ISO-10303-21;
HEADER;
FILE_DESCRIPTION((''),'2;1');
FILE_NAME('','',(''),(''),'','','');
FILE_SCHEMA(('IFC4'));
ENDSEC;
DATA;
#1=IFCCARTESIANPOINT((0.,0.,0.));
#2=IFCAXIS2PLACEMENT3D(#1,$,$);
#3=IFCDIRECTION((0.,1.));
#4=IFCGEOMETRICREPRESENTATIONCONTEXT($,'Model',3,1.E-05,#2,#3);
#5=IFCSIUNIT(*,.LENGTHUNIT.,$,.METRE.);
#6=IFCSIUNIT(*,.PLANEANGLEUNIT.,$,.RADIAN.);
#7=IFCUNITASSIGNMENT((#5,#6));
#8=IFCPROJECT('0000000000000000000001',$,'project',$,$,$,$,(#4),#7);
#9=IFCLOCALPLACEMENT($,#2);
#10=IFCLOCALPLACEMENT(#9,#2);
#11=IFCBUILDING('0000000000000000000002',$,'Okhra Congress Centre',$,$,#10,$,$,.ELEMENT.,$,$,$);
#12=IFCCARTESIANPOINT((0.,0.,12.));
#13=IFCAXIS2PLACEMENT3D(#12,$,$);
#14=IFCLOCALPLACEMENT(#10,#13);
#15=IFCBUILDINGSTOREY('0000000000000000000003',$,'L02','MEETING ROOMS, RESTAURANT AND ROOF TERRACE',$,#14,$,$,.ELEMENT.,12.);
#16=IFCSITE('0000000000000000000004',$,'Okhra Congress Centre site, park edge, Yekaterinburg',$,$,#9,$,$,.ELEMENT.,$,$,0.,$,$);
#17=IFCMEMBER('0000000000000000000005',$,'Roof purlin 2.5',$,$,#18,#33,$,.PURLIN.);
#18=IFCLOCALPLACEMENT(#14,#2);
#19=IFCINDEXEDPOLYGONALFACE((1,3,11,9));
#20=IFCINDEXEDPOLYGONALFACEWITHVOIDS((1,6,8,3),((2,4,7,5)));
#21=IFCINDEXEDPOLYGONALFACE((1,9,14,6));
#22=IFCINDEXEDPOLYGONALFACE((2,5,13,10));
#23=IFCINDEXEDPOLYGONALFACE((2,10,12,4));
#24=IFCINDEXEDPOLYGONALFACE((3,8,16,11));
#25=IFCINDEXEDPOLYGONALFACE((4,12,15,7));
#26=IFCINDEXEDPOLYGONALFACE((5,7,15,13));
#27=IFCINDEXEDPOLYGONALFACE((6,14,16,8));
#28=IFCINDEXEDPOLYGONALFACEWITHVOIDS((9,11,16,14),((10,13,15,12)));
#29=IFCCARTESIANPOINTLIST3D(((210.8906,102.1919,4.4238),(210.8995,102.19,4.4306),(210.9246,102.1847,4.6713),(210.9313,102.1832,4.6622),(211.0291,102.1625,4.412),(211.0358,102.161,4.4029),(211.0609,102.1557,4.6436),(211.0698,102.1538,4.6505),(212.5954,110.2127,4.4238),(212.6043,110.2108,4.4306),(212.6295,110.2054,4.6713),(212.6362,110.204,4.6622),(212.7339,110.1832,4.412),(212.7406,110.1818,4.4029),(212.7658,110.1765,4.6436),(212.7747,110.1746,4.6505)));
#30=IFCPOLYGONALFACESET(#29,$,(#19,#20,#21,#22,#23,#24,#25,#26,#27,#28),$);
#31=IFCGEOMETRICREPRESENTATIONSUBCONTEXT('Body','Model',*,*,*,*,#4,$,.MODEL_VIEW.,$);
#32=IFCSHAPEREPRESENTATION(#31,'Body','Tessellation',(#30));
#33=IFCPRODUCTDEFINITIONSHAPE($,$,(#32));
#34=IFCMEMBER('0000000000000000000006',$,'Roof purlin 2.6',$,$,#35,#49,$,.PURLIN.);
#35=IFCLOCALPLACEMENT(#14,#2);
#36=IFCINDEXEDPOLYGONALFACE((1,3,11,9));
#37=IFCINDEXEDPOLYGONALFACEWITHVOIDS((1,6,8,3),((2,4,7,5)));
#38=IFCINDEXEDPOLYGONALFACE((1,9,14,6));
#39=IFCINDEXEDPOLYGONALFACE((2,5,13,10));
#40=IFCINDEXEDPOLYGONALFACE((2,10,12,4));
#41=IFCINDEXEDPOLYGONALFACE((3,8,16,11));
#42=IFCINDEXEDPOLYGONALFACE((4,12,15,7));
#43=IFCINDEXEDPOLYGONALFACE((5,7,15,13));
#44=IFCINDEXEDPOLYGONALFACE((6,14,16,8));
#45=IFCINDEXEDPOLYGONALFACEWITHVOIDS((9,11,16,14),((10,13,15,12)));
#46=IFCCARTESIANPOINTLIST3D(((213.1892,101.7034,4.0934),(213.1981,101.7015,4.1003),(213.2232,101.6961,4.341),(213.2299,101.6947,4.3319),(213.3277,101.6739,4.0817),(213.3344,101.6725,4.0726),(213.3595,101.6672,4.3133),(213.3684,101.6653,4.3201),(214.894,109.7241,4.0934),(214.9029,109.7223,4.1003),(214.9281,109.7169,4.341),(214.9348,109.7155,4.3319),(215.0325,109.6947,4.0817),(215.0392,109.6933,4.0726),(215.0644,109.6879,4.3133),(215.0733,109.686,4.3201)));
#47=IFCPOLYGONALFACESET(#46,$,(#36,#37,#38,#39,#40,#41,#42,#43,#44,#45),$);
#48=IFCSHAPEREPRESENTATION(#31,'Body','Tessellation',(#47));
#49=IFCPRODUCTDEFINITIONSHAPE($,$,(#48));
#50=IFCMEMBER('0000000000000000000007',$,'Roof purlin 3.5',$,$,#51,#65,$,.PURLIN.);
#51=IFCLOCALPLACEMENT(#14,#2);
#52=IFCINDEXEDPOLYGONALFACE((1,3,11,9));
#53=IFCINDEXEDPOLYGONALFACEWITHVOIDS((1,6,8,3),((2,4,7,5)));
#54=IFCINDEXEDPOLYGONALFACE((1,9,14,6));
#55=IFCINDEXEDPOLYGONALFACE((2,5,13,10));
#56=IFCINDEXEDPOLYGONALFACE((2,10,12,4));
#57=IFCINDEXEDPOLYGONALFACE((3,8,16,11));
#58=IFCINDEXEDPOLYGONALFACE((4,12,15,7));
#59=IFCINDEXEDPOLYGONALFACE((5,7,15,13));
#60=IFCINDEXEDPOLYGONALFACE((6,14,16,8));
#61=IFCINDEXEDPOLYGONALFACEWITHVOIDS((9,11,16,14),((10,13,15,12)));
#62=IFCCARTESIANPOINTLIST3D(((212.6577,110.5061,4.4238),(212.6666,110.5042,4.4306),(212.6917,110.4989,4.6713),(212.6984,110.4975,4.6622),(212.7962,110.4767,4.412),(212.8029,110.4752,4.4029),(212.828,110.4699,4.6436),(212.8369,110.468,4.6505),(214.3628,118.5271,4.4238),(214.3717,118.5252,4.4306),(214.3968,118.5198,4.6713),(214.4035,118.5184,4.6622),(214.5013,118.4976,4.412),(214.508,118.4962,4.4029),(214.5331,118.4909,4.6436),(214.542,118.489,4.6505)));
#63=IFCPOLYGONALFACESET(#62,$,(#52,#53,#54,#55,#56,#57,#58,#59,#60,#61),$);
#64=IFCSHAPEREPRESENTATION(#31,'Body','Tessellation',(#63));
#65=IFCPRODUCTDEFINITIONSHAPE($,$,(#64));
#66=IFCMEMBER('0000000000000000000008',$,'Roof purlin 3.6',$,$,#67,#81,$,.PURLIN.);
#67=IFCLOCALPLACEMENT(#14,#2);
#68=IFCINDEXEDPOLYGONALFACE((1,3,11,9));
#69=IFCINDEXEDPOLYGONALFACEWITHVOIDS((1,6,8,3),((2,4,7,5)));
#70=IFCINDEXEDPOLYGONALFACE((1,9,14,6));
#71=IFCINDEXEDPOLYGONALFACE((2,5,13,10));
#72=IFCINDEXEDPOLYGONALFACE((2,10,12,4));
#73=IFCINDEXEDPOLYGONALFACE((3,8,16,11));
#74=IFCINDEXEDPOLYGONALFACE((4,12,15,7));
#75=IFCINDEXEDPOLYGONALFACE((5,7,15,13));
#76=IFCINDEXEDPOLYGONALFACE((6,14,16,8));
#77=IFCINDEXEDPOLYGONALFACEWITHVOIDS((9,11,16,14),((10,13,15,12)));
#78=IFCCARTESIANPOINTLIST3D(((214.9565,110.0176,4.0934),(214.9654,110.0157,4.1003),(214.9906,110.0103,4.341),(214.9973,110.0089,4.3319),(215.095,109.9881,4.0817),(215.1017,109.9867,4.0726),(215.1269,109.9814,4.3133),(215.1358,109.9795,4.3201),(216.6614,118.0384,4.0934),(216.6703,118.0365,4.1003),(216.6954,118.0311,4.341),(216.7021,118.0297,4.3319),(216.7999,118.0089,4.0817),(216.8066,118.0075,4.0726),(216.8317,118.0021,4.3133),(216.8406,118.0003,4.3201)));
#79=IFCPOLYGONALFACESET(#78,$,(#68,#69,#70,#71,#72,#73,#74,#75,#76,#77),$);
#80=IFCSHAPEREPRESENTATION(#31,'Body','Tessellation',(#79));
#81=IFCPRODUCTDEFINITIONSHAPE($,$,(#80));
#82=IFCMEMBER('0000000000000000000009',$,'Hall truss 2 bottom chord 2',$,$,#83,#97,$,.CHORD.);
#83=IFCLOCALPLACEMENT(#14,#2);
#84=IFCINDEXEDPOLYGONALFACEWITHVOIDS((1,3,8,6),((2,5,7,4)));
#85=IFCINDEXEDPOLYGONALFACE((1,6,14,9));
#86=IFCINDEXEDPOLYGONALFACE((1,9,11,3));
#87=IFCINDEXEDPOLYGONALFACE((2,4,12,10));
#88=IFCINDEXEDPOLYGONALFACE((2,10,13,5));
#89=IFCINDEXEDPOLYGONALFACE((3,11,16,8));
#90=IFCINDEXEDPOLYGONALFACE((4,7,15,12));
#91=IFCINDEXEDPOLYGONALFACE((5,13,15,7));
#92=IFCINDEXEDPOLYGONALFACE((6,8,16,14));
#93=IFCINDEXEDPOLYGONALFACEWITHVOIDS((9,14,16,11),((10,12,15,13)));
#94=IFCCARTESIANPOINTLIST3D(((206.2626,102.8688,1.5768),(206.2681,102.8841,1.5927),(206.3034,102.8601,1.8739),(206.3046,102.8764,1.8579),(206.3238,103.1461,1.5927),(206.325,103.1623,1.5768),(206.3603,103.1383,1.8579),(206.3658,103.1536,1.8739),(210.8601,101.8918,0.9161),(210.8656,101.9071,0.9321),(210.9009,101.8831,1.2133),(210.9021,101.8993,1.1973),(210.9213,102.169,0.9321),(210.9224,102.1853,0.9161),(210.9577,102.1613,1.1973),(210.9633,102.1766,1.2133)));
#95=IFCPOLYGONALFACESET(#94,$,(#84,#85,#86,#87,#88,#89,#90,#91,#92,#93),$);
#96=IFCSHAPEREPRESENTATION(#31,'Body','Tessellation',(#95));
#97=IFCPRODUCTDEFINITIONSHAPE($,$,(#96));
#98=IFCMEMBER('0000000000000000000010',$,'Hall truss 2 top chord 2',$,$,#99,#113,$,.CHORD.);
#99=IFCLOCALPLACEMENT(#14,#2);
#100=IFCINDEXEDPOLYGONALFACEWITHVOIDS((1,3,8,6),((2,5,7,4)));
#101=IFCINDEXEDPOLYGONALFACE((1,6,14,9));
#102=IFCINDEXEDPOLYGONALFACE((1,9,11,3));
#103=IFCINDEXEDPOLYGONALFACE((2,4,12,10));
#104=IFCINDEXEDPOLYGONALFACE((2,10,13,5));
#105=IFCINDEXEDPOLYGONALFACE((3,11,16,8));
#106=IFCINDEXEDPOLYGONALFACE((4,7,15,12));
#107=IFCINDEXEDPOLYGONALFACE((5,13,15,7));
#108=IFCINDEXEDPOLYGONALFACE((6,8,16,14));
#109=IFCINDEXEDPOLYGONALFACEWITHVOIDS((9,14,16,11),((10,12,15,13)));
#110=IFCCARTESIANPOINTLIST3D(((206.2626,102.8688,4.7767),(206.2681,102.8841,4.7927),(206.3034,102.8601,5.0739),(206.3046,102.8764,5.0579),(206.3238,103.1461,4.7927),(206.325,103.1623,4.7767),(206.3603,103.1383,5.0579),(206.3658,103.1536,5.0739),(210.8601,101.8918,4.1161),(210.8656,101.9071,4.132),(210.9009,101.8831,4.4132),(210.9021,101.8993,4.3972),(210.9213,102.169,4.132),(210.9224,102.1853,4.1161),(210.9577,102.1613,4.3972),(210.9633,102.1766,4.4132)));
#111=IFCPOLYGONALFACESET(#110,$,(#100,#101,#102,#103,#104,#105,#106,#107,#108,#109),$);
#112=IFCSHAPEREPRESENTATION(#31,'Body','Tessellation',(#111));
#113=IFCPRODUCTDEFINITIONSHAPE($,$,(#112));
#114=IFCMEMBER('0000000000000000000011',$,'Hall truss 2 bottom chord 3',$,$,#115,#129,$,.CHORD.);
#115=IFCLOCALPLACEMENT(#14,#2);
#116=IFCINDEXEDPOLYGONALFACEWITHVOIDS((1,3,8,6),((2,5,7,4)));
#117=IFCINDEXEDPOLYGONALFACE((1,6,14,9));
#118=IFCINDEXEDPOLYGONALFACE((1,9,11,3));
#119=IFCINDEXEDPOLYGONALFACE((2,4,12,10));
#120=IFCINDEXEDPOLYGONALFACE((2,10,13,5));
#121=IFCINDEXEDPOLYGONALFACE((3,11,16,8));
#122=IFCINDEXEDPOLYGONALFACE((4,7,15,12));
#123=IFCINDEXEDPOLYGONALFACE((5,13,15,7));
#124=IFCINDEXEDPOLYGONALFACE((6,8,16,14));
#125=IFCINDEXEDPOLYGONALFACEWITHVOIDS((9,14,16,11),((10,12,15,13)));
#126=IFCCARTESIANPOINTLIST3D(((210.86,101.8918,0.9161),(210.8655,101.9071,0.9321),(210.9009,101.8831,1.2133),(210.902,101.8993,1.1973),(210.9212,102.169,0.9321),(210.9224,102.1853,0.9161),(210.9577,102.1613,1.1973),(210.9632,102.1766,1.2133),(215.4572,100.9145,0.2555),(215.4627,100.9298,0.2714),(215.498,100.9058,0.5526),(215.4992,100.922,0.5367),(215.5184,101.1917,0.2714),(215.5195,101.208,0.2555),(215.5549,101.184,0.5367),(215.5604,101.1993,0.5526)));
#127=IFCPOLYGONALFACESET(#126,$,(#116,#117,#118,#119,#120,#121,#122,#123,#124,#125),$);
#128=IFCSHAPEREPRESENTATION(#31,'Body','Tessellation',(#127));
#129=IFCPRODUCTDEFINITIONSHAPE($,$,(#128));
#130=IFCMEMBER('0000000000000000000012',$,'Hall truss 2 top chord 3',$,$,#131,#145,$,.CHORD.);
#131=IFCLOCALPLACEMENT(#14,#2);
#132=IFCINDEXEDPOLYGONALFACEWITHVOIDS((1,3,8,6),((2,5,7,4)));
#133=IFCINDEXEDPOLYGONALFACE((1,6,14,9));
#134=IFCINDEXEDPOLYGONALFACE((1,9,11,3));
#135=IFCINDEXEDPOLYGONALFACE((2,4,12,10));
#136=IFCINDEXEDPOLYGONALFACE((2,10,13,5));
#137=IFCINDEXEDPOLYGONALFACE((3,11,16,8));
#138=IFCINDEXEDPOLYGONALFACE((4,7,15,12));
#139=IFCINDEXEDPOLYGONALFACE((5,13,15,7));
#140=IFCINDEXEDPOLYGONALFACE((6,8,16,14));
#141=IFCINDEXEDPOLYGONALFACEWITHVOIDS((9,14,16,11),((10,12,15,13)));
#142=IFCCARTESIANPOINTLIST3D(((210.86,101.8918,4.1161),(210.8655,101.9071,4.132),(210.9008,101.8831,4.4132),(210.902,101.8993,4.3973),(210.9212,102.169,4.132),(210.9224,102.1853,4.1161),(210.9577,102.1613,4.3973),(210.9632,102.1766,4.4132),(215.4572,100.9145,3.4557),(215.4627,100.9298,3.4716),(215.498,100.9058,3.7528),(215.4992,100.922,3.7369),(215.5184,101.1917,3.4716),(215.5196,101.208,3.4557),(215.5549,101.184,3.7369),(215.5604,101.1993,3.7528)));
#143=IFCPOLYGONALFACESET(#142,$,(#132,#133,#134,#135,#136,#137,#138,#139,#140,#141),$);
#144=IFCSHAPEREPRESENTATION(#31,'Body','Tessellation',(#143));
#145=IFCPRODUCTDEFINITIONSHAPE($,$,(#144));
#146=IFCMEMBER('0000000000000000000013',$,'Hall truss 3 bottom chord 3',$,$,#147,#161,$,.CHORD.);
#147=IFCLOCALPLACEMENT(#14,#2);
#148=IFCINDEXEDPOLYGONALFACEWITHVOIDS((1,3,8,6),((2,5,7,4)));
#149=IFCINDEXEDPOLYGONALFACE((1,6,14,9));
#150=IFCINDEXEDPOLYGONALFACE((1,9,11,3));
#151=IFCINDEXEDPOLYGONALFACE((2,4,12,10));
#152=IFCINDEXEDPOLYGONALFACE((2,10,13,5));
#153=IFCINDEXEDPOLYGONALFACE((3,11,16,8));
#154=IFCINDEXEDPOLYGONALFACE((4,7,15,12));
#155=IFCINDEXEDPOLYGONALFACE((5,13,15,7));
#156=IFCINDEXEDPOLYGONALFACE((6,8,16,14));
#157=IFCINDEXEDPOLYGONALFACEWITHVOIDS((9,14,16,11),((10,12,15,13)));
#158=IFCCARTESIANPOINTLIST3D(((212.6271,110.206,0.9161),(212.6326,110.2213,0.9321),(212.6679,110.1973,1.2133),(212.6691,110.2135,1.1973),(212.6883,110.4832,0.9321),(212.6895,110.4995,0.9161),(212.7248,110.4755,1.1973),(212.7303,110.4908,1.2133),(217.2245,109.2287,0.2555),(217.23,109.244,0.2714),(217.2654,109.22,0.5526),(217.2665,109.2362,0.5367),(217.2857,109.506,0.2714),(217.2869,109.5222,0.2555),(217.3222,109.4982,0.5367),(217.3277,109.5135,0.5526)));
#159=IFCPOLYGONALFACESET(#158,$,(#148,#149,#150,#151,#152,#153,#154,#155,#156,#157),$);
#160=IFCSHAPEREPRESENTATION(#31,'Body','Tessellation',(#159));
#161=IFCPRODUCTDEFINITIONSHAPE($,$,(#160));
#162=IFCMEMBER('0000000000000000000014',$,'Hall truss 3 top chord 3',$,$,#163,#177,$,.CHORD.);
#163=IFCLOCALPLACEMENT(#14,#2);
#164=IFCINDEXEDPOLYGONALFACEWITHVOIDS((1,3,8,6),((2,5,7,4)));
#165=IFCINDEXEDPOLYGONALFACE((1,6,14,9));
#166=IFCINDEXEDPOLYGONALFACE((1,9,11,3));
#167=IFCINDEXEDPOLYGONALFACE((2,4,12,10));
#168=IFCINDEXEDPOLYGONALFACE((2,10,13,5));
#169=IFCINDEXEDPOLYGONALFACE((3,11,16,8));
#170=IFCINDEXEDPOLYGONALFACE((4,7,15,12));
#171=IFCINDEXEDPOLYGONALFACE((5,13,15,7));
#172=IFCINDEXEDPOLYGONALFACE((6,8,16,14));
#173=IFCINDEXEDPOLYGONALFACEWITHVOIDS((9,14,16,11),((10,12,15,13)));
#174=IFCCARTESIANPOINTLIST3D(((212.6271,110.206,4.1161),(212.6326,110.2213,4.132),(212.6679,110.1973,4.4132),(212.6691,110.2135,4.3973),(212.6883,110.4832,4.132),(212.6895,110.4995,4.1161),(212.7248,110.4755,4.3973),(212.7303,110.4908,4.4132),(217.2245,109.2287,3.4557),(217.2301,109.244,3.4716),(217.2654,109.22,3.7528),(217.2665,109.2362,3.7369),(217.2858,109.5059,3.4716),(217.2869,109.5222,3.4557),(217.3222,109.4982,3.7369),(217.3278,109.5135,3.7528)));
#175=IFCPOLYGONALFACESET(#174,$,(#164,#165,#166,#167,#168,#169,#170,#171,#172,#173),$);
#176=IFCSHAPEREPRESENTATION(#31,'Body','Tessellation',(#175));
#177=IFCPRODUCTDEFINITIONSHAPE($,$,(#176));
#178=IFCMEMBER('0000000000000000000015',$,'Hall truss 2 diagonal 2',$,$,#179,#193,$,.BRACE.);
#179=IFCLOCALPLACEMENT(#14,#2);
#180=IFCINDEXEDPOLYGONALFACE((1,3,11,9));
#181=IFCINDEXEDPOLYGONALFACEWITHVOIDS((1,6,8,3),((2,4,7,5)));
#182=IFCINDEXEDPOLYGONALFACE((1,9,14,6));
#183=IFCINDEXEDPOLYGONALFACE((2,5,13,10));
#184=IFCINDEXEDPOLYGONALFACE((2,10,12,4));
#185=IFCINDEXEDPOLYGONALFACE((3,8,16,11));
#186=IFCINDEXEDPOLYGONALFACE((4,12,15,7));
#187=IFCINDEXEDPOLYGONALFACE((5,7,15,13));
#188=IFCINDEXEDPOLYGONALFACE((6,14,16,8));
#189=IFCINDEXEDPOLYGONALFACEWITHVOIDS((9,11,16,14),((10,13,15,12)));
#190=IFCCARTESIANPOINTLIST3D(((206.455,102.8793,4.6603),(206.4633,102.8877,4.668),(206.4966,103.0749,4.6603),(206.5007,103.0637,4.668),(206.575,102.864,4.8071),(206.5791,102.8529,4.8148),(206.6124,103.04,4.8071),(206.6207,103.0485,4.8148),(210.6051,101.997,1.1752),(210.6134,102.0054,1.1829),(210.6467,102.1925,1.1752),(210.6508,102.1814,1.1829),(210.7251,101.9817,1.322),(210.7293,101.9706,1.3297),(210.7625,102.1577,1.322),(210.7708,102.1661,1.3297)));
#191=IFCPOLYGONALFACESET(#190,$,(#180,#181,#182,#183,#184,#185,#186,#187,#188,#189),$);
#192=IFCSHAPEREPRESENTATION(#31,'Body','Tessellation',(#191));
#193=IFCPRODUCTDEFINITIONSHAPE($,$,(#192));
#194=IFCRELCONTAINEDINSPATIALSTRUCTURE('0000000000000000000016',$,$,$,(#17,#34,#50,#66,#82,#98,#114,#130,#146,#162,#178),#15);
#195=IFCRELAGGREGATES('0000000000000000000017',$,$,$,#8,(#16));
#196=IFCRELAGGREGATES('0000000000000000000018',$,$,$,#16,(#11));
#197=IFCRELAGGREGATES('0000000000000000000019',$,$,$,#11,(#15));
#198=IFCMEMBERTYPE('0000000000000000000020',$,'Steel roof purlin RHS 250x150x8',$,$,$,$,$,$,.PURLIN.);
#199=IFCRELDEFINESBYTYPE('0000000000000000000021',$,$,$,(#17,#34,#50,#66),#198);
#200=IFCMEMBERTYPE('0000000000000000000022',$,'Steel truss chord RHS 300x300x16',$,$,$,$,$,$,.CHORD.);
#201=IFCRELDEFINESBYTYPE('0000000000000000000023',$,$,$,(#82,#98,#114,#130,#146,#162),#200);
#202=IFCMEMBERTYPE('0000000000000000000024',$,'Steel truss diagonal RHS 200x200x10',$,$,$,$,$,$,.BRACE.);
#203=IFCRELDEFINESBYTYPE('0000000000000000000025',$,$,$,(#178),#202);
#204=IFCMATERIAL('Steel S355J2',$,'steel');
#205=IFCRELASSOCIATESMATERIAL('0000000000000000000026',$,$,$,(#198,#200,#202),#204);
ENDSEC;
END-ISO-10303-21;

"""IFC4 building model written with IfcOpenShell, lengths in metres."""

from ifc_helpers import new_model, si_unit, direction, frame, origin, origin_2d, place, context, subcontext, project, spatial, hollow_rectangle, extrude, material, material_profile, profile_set, type_object, element, save


model = new_model("IFC4")

# Units and contexts
model_context = context("Model", 3, precision=1e-05, world=origin(), true_north=direction((0.0, 1.0)))
body_context = subcontext(model_context, "Body", "Model", "MODEL_VIEW")
ifc_project = project(units=[si_unit("LENGTHUNIT", "METRE"), si_unit("PLANEANGLEUNIT", "RADIAN")], contexts=[model_context])

# Site, building, storey
site_placement = place(None, origin())
site = spatial("IfcSite", under=ifc_project, at=site_placement, Name="Okhra Congress Centre site, park edge, Yekaterinburg", CompositionType="ELEMENT", RefElevation=0.0)
building_placement = place(site_placement, origin())
building = spatial("IfcBuilding", under=site, at=building_placement, Name="Okhra Congress Centre", CompositionType="ELEMENT")
storey_placement = place(building_placement, frame((0.0, 0.0, 12.0)))
storey = spatial("IfcBuildingStorey", under=building, at=storey_placement, Name="L02", Description="MEETING ROOMS, RESTAURANT AND ROOF TERRACE", CompositionType="ELEMENT", Elevation=12.0)

# Members
ifc_material_1 = material(Name="Steel S355J2", Category="steel")
ifc_material_profile_1 = material_profile(ifc_material_1, hollow_rectangle(XDim=0.1499, YDim=0.25, WallThickness=0.0081, at=origin_2d()), Name="RHS 250x150x8")
ifc_profile_set_1 = profile_set([ifc_material_profile_1], Name="Steel S355J2")
member_type_1 = type_object("IfcMemberType", Name="Steel roof purlin RHS 250x150x8", PredefinedType="PURLIN", material=ifc_profile_set_1)
for number, where, z_axis, x_axis, name in (
    (1, (210.9802, 102.1729, 4.5371), (0.207908, 0.978148, 0.0), (-0.968629, 0.205885, 0.139173), "Roof purlin 2.5"),
    (2, (213.2788, 101.6843, 4.2068), (0.207908, 0.978148, 0.0), (-0.968629, 0.205885, 0.139173), "Roof purlin 2.6"),
):
    element("IfcMember", number, at=place(storey_placement, frame(where, z_axis=z_axis, x_axis=x_axis)), inside=storey, type_object=member_type_1, Name=name, PredefinedType="PURLIN", context=body_context, shape_type="SweptSolid", body=[
        extrude(hollow_rectangle(XDim=0.1499, YDim=0.25, WallThickness=0.0081, at=origin_2d()), origin(), (0.0, 0.0, 1.0), 8.2),
    ])
member_1_placement = place(storey_placement, frame((212.7473, 110.4871, 4.5371), z_axis=(0.207931, 0.978144, 0.0), x_axis=(-0.968624, 0.205907, 0.139173)))
element("IfcMember", 3, at=member_1_placement, inside=storey, type_object=member_type_1, Name="Roof purlin 3.5", PredefinedType="PURLIN", context=body_context, shape_type="SweptSolid", body=[
    extrude(hollow_rectangle(XDim=0.1499, YDim=0.25, WallThickness=0.0081, at=origin_2d()), origin(), (0.0, 0.0, 1.0), 8.2002),
])
member_2_placement = place(storey_placement, frame((215.0461, 109.9985, 4.2068), z_axis=(0.207908, 0.978148, 0.0), x_axis=(-0.968629, 0.205885, 0.139173)))
element("IfcMember", 4, at=member_2_placement, inside=storey, type_object=member_type_1, Name="Roof purlin 3.6", PredefinedType="PURLIN", context=body_context, shape_type="SweptSolid", body=[
    extrude(hollow_rectangle(XDim=0.1499, YDim=0.25, WallThickness=0.0081, at=origin_2d()), origin(), (0.0, 0.0, 1.0), 8.2),
])
ifc_material_profile_2 = material_profile(ifc_material_1, hollow_rectangle(XDim=0.3, YDim=0.3, WallThickness=0.0161, at=origin_2d()), Name="RHS 300x300x16")
ifc_profile_set_2 = profile_set([ifc_material_profile_2], Name="Steel S355J2")
member_type_2 = type_object("IfcMemberType", Name="Steel truss chord RHS 300x300x16", PredefinedType="CHORD", material=ifc_profile_set_2)
for number, where, z_axis, x_axis, name in (
    (5, (206.3142, 103.0112, 1.7253), (0.968633, -0.205856, -0.139192), (0.207879, 0.978154, 0.0), "Hall truss 2 bottom chord 2"),
    (6, (206.3142, 103.0112, 4.9253), (0.968633, -0.205856, -0.139192), (0.207879, 0.978154, 0.0), "Hall truss 2 top chord 2"),
):
    element("IfcMember", number, at=place(storey_placement, frame(where, z_axis=z_axis, x_axis=x_axis)), inside=storey, type_object=member_type_2, Name=name, PredefinedType="CHORD", context=body_context, shape_type="SweptSolid", body=[
        extrude(hollow_rectangle(XDim=0.3, YDim=0.3, WallThickness=0.0161, at=origin_2d()), origin(), (0.0, 0.0, 1.0), 4.7463),
    ])
for number, where, z_axis, x_axis, name in (
    (7, (210.9116, 102.0342, 1.0647), (0.968619, -0.205915, -0.139197), (0.20794, 0.978142, 0.0), "Hall truss 2 bottom chord 3"),
    (8, (210.9116, 102.0342, 4.2646), (0.968626, -0.205917, -0.139147), (0.20794, 0.978142, 0.0), "Hall truss 2 top chord 3"),
):
    element("IfcMember", number, at=place(storey_placement, frame(where, z_axis=z_axis, x_axis=x_axis)), inside=storey, type_object=member_type_2, Name=name, PredefinedType="CHORD", context=body_context, shape_type="SweptSolid", body=[
        extrude(hollow_rectangle(XDim=0.3, YDim=0.3, WallThickness=0.0161, at=origin_2d()), origin(), (0.0, 0.0, 1.0), 4.7461),
    ])
for number, where, z_axis, x_axis, name in (
    (9, (212.6787, 110.3484, 1.0647), (0.968622, -0.205905, -0.13919), (0.207929, 0.978144, 0.0), "Hall truss 3 bottom chord 3"),
    (10, (212.6787, 110.3484, 4.2646), (0.968629, -0.205906, -0.13914), (0.207929, 0.978144, 0.0), "Hall truss 3 top chord 3"),
):
    element("IfcMember", number, at=place(storey_placement, frame(where, z_axis=z_axis, x_axis=x_axis)), inside=storey, type_object=member_type_2, Name=name, PredefinedType="CHORD", context=body_context, shape_type="SweptSolid", body=[
        extrude(hollow_rectangle(XDim=0.3, YDim=0.3, WallThickness=0.0161, at=origin_2d()), origin(), (0.0, 0.0, 1.0), 4.7463),
    ])
ifc_material_profile_3 = material_profile(ifc_material_1, hollow_rectangle(XDim=0.2, YDim=0.2, WallThickness=0.01, at=origin_2d()), Name="RHS 200x200x10 diagonal")
ifc_profile_set_3 = profile_set([ifc_material_profile_3], Name="Steel S355J2")
member_type_3 = type_object("IfcMemberType", Name="Steel truss diagonal RHS 200x200x10", PredefinedType="BRACE", material=ifc_profile_set_3)
member_3_placement = place(storey_placement, frame((206.5378, 102.9639, 4.7375), z_axis=(0.755845, -0.160693, -0.634725), x_axis=(0.207953, 0.978139, 0.0)))
element("IfcMember", 11, at=member_3_placement, inside=storey, type_object=member_type_3, Name="Hall truss 2 diagonal 2", PredefinedType="BRACE", context=body_context, shape_type="SweptSolid", body=[
    extrude(hollow_rectangle(XDim=0.2, YDim=0.2, WallThickness=0.01, at=origin_2d()), origin(), (0.0, 0.0, 1.0), 5.4907),
])

save(model, "model.ifc")
